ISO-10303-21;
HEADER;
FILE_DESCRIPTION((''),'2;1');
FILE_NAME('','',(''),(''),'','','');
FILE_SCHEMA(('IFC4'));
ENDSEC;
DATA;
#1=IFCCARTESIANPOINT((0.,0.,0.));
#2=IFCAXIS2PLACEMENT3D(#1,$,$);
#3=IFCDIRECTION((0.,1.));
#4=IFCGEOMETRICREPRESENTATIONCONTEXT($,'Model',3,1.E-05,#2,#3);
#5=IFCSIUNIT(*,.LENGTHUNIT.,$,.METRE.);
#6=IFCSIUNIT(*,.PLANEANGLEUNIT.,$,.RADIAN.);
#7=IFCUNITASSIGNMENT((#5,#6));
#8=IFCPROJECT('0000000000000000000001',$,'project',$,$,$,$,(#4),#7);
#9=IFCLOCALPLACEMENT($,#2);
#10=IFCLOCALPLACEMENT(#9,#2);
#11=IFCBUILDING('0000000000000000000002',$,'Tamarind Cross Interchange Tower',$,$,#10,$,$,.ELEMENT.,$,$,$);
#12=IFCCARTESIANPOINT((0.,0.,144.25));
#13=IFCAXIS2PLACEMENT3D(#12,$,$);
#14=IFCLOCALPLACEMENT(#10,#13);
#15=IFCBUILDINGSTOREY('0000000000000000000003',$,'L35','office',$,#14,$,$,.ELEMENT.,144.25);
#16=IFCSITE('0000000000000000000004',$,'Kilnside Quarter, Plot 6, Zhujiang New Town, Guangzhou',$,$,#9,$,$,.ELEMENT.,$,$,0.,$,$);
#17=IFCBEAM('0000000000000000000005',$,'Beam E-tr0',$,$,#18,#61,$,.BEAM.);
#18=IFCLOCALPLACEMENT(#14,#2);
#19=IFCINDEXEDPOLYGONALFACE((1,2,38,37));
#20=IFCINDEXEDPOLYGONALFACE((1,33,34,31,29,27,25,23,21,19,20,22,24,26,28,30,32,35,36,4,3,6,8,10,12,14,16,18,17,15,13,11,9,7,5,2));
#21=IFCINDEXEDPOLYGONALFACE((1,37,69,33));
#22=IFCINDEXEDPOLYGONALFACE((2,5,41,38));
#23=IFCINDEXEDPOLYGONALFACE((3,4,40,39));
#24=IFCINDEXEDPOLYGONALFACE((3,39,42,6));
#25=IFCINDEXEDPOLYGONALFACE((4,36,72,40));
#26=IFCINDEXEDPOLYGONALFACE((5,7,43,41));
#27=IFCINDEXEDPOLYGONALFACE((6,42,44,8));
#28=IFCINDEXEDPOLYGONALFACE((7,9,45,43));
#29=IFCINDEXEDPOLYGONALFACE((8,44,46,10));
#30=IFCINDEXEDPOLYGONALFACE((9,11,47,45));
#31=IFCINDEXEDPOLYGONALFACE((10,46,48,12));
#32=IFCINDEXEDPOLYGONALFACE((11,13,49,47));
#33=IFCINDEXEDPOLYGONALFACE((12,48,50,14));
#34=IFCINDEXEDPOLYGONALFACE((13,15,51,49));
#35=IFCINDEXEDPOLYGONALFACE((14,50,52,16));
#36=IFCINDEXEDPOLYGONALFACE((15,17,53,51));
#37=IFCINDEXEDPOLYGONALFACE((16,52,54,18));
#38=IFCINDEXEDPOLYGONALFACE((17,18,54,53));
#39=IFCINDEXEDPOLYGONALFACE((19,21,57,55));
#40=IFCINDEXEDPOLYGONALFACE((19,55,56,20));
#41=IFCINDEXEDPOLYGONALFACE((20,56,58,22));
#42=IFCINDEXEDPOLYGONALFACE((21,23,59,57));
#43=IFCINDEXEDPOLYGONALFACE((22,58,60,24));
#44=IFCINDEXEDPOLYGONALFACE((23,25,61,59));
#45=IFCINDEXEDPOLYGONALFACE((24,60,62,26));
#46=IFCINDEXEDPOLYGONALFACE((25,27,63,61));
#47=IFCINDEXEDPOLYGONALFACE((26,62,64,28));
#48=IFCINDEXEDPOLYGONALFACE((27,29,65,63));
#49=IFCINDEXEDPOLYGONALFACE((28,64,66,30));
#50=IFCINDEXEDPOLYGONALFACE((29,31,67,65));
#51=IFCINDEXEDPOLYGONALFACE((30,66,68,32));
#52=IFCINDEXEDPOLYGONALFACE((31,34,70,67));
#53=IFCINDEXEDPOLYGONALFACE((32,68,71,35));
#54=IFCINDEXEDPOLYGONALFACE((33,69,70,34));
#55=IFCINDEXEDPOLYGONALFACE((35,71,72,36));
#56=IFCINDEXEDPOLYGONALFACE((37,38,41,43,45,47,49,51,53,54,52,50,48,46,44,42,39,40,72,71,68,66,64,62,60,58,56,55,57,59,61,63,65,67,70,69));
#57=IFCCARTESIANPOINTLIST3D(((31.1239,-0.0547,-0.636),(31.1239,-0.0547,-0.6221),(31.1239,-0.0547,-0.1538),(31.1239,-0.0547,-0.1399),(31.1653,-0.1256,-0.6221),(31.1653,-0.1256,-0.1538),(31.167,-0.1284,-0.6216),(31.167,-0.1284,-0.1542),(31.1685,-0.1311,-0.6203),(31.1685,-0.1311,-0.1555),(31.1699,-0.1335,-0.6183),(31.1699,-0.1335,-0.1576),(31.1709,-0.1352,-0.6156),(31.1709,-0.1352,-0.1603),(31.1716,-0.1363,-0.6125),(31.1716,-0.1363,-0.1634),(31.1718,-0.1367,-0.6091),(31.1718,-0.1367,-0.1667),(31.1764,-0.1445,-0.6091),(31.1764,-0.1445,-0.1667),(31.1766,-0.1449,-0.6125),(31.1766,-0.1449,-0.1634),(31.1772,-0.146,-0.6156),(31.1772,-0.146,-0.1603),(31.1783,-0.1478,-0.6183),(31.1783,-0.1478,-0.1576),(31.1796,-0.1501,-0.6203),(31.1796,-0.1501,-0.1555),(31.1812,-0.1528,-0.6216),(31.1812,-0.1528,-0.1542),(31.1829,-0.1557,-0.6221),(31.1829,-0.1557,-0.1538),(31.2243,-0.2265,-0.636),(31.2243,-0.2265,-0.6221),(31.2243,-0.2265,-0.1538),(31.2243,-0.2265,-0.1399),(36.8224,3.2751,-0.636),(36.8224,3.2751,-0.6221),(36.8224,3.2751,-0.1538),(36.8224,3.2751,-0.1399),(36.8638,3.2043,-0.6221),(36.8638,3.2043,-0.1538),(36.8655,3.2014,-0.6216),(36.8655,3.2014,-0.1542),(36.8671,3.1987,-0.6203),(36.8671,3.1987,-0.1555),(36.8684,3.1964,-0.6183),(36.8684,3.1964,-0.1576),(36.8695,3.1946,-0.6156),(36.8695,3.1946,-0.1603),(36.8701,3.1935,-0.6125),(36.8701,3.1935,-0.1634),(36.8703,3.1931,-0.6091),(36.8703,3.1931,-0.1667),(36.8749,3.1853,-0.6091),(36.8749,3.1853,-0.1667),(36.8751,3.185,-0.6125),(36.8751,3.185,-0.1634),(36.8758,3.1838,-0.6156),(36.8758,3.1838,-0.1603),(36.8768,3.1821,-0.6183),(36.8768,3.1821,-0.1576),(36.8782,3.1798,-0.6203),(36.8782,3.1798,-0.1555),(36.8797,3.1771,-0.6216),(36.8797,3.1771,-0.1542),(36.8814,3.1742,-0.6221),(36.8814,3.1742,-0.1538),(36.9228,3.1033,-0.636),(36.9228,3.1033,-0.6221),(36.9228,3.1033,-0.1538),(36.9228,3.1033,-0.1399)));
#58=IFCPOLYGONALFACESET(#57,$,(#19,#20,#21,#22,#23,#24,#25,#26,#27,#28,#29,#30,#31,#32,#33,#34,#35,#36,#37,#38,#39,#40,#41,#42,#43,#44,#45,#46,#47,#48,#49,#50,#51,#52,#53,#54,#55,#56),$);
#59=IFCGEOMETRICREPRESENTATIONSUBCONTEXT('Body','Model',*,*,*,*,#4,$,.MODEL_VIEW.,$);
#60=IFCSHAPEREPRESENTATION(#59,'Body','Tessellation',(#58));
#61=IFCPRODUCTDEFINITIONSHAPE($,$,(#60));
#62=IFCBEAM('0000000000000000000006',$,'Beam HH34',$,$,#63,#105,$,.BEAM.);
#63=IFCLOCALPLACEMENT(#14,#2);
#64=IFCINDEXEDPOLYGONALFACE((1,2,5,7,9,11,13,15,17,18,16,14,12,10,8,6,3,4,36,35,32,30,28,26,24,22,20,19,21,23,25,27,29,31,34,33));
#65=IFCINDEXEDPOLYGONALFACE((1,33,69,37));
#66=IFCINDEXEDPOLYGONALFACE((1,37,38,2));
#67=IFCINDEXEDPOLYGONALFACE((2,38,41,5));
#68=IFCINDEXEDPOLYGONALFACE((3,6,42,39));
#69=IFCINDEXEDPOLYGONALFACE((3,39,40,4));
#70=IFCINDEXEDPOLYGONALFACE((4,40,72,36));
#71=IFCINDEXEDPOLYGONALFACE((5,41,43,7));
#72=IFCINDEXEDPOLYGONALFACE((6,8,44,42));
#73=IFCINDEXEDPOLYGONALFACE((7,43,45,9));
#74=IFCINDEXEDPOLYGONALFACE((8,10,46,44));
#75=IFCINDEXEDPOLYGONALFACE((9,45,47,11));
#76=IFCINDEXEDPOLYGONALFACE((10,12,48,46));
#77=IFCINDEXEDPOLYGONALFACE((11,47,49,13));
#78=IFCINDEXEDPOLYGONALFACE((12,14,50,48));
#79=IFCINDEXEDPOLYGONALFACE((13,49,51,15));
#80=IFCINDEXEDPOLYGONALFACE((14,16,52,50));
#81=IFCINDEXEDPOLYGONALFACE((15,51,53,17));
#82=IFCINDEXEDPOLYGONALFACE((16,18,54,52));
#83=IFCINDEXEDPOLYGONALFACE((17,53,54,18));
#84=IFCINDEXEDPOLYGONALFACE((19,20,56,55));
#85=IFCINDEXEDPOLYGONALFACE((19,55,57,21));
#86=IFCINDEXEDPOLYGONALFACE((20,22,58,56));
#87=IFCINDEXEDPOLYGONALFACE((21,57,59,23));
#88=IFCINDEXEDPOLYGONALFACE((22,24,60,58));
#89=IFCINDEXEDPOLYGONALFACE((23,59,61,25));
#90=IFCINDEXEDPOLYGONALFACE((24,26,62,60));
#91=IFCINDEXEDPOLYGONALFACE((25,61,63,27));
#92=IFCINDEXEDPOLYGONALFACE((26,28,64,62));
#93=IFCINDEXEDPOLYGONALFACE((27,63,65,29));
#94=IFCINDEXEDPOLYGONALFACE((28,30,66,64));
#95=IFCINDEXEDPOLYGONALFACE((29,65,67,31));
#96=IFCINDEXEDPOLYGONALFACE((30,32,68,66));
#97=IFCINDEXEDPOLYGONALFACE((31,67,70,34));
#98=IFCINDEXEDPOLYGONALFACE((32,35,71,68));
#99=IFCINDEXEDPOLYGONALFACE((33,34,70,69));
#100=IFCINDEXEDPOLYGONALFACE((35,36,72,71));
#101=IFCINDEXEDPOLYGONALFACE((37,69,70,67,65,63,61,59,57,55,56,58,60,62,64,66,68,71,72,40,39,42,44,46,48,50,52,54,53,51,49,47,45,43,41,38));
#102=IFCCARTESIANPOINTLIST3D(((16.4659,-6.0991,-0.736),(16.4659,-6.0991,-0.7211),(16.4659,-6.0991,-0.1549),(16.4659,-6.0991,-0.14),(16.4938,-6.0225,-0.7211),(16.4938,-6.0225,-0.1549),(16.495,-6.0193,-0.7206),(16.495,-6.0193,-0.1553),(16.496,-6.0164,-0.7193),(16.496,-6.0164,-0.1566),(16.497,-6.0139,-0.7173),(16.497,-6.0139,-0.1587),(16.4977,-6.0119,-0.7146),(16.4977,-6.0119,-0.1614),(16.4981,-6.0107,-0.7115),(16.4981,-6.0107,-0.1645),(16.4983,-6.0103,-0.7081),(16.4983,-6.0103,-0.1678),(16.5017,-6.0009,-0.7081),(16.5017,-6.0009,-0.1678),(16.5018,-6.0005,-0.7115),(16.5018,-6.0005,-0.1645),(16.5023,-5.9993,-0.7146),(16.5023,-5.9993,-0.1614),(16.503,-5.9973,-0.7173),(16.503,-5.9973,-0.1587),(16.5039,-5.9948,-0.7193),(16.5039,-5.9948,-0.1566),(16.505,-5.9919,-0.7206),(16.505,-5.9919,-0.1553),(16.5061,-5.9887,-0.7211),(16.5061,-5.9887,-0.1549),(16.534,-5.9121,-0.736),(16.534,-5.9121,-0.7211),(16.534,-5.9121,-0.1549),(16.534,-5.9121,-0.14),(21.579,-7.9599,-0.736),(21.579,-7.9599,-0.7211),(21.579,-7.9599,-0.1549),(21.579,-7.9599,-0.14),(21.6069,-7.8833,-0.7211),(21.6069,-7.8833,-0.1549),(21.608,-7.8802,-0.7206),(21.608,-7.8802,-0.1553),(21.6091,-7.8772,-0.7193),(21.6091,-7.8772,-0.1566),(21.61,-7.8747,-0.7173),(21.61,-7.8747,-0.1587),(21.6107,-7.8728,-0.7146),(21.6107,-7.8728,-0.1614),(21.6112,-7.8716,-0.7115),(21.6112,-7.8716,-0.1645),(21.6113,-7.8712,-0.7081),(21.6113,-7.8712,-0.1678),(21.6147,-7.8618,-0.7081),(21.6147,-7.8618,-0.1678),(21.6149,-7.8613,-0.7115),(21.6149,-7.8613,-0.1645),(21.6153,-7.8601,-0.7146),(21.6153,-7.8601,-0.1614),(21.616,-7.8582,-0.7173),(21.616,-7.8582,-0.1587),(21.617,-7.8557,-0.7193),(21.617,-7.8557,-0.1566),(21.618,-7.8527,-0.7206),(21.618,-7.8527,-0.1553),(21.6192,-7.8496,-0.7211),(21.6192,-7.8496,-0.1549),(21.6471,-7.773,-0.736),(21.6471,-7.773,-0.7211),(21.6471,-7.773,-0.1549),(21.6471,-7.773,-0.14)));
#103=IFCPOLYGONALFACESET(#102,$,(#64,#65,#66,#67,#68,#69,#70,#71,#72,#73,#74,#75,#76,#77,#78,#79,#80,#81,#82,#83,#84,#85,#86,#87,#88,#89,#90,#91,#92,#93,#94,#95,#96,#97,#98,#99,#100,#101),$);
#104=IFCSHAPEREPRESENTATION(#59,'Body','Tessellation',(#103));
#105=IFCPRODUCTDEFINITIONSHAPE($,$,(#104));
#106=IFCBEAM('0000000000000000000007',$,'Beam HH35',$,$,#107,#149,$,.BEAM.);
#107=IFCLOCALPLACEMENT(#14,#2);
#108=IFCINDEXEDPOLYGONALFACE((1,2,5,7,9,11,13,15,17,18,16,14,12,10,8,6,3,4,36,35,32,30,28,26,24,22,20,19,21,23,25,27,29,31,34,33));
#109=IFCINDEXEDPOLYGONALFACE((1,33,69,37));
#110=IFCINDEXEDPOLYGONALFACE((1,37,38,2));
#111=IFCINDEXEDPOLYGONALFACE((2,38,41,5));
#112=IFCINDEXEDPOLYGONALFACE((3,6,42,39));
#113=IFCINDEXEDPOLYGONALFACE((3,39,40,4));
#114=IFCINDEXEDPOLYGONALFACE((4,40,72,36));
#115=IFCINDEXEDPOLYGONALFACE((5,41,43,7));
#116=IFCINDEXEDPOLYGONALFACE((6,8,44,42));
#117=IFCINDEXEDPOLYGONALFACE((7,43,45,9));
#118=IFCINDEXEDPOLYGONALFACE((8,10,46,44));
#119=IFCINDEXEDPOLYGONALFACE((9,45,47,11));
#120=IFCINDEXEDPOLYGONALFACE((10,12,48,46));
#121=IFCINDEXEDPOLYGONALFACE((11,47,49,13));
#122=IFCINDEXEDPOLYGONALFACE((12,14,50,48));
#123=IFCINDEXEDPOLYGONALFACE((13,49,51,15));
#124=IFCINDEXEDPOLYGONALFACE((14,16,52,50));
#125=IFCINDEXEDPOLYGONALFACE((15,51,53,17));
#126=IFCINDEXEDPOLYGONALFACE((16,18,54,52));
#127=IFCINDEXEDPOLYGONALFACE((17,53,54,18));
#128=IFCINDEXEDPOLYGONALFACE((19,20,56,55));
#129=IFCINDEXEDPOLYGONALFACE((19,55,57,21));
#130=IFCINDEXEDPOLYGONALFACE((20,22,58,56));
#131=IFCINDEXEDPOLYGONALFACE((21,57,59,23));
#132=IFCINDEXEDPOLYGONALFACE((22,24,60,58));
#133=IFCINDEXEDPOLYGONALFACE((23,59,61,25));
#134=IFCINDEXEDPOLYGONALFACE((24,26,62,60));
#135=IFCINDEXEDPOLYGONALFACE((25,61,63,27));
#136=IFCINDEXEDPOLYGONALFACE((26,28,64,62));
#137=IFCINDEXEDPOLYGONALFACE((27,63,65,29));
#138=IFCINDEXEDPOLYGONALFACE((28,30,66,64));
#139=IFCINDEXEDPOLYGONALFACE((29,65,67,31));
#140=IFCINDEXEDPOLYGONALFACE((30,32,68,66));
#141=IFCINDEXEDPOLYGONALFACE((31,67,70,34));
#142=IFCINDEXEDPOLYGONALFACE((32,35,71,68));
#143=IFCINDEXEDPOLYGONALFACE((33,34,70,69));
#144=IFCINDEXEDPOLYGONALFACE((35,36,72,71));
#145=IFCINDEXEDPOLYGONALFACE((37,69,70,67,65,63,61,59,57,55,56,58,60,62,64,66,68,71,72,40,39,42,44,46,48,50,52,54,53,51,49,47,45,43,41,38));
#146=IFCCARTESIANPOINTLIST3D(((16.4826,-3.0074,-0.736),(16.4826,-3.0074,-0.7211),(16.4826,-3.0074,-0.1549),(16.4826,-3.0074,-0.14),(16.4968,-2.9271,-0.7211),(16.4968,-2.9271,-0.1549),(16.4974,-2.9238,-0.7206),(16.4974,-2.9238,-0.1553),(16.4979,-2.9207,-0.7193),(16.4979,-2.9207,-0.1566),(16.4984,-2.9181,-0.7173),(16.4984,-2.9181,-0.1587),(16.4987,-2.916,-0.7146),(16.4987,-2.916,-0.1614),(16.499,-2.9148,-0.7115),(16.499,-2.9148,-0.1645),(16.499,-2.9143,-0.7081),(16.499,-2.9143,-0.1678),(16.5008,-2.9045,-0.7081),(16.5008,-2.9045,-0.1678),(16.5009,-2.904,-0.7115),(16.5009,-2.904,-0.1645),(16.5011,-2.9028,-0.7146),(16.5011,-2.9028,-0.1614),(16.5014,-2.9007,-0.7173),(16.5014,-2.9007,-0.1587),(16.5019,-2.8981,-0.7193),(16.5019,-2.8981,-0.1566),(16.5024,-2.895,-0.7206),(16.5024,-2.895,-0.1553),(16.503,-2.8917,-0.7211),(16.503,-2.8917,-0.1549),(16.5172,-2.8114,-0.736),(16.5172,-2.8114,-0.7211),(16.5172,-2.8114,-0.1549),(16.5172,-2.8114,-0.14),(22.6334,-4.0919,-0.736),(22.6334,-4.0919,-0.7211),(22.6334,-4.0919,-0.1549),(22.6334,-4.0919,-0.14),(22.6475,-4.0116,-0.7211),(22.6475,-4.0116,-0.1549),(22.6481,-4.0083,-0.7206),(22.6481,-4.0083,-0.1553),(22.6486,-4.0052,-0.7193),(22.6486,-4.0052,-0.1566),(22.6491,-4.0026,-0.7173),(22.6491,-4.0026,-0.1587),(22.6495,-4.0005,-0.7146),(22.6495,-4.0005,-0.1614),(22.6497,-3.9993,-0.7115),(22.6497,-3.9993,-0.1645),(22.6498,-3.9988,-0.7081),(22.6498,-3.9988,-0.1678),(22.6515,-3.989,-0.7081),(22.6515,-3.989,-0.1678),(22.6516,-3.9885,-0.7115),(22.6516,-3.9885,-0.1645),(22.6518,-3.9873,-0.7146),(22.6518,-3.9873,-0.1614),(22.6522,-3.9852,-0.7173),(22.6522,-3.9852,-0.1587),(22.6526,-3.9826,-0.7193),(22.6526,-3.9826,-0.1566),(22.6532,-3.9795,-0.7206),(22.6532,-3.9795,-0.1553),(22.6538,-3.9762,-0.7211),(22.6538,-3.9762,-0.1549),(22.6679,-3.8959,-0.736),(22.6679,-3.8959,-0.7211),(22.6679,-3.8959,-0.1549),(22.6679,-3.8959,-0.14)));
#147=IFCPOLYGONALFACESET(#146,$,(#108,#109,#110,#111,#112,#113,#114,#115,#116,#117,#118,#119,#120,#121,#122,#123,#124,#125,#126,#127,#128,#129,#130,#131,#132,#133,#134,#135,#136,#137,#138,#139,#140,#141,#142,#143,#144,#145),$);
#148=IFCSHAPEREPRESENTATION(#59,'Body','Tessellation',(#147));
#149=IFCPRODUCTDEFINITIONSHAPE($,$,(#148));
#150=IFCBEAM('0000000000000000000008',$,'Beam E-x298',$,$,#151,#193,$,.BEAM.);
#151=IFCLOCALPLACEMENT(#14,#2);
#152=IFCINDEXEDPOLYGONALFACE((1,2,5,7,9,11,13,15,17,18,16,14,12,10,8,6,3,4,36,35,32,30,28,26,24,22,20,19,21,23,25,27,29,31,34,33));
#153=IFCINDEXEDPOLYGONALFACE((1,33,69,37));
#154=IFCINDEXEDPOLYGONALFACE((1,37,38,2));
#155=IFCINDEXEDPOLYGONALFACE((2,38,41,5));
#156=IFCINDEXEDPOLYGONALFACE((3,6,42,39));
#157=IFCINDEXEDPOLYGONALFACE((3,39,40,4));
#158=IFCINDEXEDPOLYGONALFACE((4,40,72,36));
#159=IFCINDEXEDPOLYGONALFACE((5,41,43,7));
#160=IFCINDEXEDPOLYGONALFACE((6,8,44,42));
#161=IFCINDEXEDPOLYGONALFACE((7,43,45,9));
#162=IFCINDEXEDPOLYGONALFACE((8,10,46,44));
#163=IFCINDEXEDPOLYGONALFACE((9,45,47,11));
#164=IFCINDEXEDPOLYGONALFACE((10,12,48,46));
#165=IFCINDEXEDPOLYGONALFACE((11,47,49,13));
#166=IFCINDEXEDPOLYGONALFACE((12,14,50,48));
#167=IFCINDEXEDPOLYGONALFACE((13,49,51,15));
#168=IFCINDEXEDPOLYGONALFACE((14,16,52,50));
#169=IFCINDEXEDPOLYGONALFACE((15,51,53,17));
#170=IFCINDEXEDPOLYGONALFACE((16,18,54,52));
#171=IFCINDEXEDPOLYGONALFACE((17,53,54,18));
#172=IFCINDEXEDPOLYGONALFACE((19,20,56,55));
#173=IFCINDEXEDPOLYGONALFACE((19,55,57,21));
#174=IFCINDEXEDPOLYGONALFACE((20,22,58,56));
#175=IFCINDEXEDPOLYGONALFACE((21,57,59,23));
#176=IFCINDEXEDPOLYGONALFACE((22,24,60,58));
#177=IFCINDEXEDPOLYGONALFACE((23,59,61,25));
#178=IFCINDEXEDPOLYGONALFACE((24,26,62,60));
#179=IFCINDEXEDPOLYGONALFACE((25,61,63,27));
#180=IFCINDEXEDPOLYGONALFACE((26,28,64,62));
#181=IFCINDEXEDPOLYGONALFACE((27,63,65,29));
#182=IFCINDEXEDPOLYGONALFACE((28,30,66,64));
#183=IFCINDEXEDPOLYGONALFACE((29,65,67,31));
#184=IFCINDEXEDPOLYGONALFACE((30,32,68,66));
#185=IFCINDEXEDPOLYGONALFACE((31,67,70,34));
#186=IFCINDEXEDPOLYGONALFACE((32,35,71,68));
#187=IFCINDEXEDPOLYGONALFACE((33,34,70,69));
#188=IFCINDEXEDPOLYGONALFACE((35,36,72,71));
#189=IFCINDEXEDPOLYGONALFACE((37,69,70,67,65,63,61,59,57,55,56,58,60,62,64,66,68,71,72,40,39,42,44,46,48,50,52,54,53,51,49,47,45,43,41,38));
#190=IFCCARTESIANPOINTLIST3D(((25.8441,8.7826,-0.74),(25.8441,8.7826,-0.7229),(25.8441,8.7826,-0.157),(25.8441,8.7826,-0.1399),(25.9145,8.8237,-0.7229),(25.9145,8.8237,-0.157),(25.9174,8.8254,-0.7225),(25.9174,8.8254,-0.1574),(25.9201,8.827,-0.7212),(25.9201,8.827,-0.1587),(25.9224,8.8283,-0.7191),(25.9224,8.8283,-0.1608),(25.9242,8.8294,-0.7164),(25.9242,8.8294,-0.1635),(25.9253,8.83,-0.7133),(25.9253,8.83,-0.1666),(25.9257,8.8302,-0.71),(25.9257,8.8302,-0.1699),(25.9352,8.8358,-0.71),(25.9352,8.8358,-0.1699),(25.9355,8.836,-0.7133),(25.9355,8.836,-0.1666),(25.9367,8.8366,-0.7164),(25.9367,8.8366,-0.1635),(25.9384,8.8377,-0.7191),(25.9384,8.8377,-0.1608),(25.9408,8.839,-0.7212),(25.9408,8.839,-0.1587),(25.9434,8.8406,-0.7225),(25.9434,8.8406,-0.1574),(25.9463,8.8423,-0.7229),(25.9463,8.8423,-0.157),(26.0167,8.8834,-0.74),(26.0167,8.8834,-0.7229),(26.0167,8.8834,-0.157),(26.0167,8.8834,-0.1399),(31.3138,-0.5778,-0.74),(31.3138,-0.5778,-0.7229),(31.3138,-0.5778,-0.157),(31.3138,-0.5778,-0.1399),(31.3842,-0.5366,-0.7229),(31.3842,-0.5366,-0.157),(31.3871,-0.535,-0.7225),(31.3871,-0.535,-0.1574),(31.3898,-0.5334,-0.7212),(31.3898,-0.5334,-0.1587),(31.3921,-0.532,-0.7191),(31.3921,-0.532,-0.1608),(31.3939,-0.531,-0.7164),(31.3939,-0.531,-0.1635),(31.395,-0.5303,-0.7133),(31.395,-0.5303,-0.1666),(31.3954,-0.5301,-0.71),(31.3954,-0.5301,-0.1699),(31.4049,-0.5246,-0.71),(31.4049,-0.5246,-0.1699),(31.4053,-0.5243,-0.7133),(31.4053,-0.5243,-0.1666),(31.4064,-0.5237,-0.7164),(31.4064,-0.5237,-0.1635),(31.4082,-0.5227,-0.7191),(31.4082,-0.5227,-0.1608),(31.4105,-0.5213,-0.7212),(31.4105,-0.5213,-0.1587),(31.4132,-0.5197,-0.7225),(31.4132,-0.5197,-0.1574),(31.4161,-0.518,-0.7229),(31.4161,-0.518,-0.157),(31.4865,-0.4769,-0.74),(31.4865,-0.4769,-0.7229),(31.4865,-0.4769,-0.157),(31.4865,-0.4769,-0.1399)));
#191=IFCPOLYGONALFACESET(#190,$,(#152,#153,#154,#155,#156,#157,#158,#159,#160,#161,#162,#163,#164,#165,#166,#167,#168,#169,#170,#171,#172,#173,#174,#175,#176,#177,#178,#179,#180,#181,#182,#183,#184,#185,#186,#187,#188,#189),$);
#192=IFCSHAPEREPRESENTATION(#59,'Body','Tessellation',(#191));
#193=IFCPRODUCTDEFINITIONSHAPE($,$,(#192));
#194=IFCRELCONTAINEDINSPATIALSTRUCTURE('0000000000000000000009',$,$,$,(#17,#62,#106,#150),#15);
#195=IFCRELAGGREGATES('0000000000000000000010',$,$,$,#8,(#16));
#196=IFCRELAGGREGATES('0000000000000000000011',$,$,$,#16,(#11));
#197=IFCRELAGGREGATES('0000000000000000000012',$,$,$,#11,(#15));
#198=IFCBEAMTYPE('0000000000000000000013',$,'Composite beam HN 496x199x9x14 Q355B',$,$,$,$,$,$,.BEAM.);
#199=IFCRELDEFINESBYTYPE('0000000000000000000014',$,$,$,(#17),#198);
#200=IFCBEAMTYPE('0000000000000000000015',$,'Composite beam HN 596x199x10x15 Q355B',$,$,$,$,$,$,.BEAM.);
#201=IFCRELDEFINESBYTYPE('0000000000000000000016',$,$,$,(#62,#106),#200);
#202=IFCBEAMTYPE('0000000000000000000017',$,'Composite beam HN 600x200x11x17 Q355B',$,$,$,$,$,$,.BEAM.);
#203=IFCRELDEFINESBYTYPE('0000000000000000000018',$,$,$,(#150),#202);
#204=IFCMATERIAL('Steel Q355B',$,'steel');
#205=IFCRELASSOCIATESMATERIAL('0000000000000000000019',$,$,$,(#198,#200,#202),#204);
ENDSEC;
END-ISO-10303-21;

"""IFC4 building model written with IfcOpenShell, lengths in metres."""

from ifc_helpers import new_model, si_unit, direction, frame, origin, origin_2d, place, context, subcontext, project, spatial, i_section, extrude, material, material_profile, profile_set, type_object, element, save


model = new_model("IFC4")

# Units and contexts
model_context = context("Model", 3, precision=1e-05, world=origin(), true_north=direction((0.0, 1.0)))
body_context = subcontext(model_context, "Body", "Model", "MODEL_VIEW")
ifc_project = project(units=[si_unit("LENGTHUNIT", "METRE"), si_unit("PLANEANGLEUNIT", "RADIAN")], contexts=[model_context])

# Site, building, storey
site_placement = place(None, origin())
site = spatial("IfcSite", under=ifc_project, at=site_placement, Name="Kilnside Quarter, Plot 6, Zhujiang New Town, Guangzhou", CompositionType="ELEMENT", RefElevation=0.0)
building_placement = place(site_placement, origin())
building = spatial("IfcBuilding", under=site, at=building_placement, Name="Tamarind Cross Interchange Tower", CompositionType="ELEMENT")
storey_placement = place(building_placement, frame((0.0, 0.0, 144.25)))
storey = spatial("IfcBuildingStorey", under=building, at=storey_placement, Name="L35", Description="office", CompositionType="ELEMENT", Elevation=144.25)

# Beams
ifc_material_1 = material(Name="Steel Q355B", Category="steel")
ifc_material_profile_1 = material_profile(ifc_material_1, i_section(OverallWidth=0.199, OverallDepth=0.4961, WebThickness=0.009, FlangeThickness=0.0139, FilletRadius=0.0129, at=origin_2d()), Name="HN 496x199x9x14")
ifc_profile_set_1 = profile_set([ifc_material_profile_1], Name="Steel Q355B")
beam_type_1 = type_object("IfcBeamType", Name="Composite beam HN 496x199x9x14 Q355B", PredefinedType="BEAM", material=ifc_profile_set_1)
beam_1_placement = place(storey_placement, frame((31.1741, -0.1406, -0.3879), z_axis=(0.863402, 0.504517, 0.0), x_axis=(-0.504517, 0.863402, 0.0)))
element("IfcBeam", 1, at=beam_1_placement, inside=storey, type_object=beam_type_1, Name="Beam E-tr0", PredefinedType="BEAM", context=body_context, shape_type="SweptSolid", body=[
    extrude(i_section(OverallWidth=0.199, OverallDepth=0.4961, WebThickness=0.009, FlangeThickness=0.0139, FilletRadius=0.0129, at=origin_2d()), origin(), (0.0, 0.0, 1.0), 6.6001),
])
ifc_material_profile_2 = material_profile(ifc_material_1, i_section(OverallWidth=0.199, OverallDepth=0.5959, WebThickness=0.01, FlangeThickness=0.0149, FilletRadius=0.0129, at=origin_2d()), Name="HN 596x199x10x15")
ifc_profile_set_2 = profile_set([ifc_material_profile_2], Name="Steel Q355B")
beam_type_2 = type_object("IfcBeamType", Name="Composite beam HN 596x199x10x15 Q355B", PredefinedType="BEAM", material=ifc_profile_set_2)
beam_2_placement = place(storey_placement, frame((21.613, -7.8665, -0.438), z_axis=(-0.939702, 0.341995, 0.0), x_axis=(-0.341995, -0.939702, 0.0)))
element("IfcBeam", 2, at=beam_2_placement, inside=storey, type_object=beam_type_2, Name="Beam HH34", PredefinedType="BEAM", context=body_context, shape_type="SweptSolid", body=[
    extrude(i_section(OverallWidth=0.199, OverallDepth=0.5959, WebThickness=0.01, FlangeThickness=0.0149, FilletRadius=0.0129, at=origin_2d()), origin(), (0.0, 0.0, 1.0), 5.4412),
])
beam_3_placement = place(storey_placement, frame((22.6506, -3.9939, -0.438), z_axis=(-0.984809, 0.17364, 0.0), x_axis=(-0.17364, -0.984809, 0.0)))
element("IfcBeam", 3, at=beam_3_placement, inside=storey, type_object=beam_type_2, Name="Beam HH35", PredefinedType="BEAM", context=body_context, shape_type="SweptSolid", body=[
    extrude(i_section(OverallWidth=0.199, OverallDepth=0.5959, WebThickness=0.01, FlangeThickness=0.0149, FilletRadius=0.0129, at=origin_2d()), origin(), (0.0, 0.0, 1.0), 6.2456),
])
ifc_material_profile_3 = material_profile(ifc_material_1, i_section(OverallWidth=0.2, OverallDepth=0.6001, WebThickness=0.011, FlangeThickness=0.0171, FilletRadius=0.0129, at=origin_2d()), Name="HN 600x200x11x17")
ifc_profile_set_3 = profile_set([ifc_material_profile_3], Name="Steel Q355B")
beam_type_3 = type_object("IfcBeamType", Name="Composite beam HN 600x200x11x17 Q355B", PredefinedType="BEAM", material=ifc_profile_set_3)
beam_4_placement = place(storey_placement, frame((31.4001, -0.5273, -0.4399), z_axis=(-0.504526, 0.863396, 0.0), x_axis=(-0.863396, -0.504526, 0.0)))
element("IfcBeam", 4, at=beam_4_placement, inside=storey, type_object=beam_type_3, Name="Beam E-x298", PredefinedType="BEAM", context=body_context, shape_type="SweptSolid", body=[
    extrude(i_section(OverallWidth=0.2, OverallDepth=0.6001, WebThickness=0.011, FlangeThickness=0.0171, FilletRadius=0.0129, at=origin_2d()), origin(), (0.0, 0.0, 1.0), 10.8413),
])

save(model, "model.ifc")
